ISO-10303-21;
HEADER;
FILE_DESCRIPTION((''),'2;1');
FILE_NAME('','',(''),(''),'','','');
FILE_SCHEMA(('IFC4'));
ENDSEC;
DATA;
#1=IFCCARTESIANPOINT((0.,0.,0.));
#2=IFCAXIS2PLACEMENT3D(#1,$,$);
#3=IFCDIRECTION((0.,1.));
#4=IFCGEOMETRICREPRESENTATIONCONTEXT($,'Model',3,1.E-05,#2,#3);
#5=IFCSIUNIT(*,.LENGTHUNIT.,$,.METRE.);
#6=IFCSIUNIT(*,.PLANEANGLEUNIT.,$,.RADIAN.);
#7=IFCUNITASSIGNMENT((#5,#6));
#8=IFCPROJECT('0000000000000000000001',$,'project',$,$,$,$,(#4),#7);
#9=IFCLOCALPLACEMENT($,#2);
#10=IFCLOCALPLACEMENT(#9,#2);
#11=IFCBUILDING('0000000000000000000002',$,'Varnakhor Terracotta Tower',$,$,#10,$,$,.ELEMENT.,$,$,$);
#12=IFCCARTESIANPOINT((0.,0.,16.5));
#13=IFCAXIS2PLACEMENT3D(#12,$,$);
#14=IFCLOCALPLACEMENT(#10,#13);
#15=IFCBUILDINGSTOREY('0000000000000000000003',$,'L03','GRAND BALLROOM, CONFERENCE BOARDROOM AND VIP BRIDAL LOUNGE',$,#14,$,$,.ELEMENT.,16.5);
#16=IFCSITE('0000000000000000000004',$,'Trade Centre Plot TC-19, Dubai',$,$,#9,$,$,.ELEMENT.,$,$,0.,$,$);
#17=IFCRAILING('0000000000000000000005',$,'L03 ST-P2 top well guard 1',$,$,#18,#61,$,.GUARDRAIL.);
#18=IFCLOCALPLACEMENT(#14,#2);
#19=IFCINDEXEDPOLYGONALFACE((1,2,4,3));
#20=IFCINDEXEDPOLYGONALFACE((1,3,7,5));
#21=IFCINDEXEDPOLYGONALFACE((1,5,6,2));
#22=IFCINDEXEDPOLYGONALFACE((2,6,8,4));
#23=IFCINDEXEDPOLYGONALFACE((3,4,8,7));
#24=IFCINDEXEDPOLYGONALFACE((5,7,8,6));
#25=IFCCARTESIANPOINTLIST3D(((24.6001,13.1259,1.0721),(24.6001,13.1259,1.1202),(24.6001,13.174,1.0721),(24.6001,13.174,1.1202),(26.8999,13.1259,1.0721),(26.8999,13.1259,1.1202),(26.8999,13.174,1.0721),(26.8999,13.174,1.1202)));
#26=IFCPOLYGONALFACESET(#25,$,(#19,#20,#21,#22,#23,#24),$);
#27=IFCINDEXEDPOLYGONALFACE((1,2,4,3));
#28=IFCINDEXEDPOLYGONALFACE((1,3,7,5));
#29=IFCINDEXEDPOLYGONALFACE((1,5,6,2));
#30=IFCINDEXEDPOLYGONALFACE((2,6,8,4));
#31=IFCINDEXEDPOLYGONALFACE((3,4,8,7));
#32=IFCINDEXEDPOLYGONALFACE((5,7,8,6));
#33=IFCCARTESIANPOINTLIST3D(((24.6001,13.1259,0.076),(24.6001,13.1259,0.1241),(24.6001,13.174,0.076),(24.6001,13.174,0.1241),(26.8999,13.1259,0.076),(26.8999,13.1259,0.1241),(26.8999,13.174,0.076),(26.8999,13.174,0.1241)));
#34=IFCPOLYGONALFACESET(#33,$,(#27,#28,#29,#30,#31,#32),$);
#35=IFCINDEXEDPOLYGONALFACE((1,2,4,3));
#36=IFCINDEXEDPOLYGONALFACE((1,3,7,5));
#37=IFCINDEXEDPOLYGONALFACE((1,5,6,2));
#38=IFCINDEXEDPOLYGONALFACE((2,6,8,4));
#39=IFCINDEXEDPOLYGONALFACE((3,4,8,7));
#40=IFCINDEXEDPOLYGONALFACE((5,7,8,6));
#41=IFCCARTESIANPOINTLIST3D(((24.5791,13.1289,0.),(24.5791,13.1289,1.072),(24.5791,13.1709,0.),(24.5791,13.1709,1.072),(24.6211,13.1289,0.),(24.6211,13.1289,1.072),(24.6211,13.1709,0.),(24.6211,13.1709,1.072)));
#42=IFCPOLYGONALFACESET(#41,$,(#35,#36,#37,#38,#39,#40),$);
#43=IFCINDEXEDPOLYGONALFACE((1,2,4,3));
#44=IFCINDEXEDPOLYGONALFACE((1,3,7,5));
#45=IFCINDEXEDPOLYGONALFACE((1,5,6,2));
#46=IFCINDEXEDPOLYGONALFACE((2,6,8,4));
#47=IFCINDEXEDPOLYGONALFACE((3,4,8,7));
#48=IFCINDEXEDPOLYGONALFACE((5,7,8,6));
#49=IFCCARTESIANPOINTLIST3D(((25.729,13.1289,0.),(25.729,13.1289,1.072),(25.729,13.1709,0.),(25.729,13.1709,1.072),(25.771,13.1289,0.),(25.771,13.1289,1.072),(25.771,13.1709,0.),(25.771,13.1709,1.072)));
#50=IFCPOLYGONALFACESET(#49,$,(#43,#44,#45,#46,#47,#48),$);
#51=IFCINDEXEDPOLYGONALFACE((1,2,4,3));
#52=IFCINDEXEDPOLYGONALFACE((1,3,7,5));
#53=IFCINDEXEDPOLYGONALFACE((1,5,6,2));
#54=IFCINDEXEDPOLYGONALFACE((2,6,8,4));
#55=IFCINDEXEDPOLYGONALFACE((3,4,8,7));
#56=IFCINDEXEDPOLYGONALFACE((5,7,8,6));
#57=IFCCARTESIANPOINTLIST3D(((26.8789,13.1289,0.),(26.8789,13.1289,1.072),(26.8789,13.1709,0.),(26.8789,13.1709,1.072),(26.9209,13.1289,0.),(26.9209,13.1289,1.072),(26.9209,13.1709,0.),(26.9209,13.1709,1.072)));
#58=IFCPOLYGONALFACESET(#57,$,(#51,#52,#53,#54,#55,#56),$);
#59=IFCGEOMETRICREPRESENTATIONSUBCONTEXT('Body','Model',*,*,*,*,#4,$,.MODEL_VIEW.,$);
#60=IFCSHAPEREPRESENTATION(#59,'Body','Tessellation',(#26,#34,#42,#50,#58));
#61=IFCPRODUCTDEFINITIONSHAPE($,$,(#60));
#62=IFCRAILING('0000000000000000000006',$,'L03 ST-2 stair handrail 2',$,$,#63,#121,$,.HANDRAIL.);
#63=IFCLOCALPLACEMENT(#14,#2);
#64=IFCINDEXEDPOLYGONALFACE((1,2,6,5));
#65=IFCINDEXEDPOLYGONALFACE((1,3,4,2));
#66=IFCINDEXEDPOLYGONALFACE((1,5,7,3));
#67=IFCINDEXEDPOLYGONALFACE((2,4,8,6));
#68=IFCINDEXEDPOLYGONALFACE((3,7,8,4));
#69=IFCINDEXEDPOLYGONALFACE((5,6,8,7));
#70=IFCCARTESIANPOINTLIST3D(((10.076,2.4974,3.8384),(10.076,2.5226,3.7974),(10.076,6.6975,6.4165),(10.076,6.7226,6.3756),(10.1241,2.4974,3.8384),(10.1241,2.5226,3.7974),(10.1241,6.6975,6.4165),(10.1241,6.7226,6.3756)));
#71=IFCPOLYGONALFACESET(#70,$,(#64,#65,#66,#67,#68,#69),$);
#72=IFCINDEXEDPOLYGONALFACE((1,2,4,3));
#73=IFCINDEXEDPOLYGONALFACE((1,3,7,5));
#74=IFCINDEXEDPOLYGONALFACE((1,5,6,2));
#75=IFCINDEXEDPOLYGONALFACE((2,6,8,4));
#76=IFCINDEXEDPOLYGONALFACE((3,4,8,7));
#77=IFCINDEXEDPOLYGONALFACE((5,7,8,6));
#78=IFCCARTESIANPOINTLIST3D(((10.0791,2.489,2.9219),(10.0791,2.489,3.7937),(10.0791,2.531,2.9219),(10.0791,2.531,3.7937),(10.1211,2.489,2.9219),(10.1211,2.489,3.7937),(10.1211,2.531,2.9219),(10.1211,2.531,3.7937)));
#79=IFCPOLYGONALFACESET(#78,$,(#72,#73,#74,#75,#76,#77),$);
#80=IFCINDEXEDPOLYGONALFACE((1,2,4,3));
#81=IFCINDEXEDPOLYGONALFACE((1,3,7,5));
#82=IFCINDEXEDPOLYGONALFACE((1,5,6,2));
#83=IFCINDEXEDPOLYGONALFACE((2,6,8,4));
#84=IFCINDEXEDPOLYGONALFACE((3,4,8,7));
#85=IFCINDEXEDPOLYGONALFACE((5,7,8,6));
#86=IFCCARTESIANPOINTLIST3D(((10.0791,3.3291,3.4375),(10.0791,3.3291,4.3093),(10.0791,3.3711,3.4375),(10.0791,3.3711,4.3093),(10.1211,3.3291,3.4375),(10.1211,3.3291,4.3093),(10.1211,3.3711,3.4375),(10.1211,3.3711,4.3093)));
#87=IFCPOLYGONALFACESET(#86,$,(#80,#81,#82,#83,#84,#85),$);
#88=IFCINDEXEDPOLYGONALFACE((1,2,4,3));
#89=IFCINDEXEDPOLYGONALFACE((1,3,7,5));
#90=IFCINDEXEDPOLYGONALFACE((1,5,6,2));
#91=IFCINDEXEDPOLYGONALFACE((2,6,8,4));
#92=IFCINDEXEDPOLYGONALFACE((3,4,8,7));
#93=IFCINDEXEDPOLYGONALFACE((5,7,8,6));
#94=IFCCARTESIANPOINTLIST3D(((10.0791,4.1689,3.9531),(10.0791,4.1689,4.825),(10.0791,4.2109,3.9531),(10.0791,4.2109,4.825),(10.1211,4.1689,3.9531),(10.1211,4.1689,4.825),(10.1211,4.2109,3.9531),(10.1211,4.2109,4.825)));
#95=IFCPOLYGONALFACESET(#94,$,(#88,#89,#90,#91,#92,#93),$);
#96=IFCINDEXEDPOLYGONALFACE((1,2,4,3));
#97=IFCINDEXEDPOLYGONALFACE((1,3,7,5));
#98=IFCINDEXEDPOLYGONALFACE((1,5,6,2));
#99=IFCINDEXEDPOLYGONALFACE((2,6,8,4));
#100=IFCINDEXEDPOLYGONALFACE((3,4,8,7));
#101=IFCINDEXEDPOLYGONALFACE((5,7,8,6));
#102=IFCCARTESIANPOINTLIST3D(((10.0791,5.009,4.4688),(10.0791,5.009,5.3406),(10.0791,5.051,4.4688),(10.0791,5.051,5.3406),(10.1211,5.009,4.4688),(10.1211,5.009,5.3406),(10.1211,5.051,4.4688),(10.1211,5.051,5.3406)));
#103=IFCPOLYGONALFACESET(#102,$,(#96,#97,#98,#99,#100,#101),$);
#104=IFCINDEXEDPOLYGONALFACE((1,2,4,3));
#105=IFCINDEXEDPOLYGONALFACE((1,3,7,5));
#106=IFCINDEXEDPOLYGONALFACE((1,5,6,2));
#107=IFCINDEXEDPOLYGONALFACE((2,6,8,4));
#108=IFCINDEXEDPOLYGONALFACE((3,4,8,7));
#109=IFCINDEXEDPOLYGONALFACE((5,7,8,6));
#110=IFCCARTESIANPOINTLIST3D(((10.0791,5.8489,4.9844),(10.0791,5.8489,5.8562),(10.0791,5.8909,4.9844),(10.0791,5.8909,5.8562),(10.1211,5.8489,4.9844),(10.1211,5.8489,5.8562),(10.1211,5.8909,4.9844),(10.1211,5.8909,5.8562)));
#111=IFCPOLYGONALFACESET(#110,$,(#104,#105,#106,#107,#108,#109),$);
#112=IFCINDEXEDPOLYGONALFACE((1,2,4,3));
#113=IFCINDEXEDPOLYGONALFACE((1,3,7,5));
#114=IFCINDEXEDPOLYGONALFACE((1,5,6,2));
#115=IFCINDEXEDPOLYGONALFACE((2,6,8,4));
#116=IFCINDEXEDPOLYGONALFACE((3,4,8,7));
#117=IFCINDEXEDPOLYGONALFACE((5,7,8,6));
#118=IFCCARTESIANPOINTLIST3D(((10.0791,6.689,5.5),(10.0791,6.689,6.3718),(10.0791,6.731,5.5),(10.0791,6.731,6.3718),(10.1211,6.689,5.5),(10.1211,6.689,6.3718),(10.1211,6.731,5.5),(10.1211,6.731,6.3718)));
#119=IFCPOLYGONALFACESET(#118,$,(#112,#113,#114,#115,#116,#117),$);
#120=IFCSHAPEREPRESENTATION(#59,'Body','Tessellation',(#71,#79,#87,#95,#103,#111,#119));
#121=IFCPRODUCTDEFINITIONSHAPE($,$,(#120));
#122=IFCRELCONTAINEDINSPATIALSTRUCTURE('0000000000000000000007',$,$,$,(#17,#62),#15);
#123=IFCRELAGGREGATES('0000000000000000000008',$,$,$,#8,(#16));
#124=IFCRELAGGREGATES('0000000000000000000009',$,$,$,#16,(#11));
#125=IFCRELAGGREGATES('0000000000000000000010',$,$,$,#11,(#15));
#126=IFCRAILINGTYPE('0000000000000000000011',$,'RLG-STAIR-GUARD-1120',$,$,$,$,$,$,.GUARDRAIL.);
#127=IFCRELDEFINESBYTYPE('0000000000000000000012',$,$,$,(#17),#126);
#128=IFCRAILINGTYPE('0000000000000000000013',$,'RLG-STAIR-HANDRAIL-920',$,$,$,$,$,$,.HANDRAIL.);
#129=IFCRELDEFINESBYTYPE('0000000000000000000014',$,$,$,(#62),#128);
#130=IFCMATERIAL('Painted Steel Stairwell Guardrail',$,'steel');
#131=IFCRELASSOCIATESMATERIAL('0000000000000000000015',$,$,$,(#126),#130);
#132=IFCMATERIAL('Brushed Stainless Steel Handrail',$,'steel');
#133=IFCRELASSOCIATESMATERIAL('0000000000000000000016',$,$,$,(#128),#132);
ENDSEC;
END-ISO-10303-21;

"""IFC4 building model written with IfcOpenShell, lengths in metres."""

from ifc_helpers import new_model, si_unit, direction, frame, origin, origin_2d, place, context, subcontext, project, spatial, rectangle, extrude, material, type_object, element, save


model = new_model("IFC4")

# Units and contexts
model_context = context("Model", 3, precision=1e-05, world=origin(), true_north=direction((0.0, 1.0)))
body_context = subcontext(model_context, "Body", "Model", "MODEL_VIEW")
ifc_project = project(units=[si_unit("LENGTHUNIT", "METRE"), si_unit("PLANEANGLEUNIT", "RADIAN")], contexts=[model_context])

# Site, building, storey
site_placement = place(None, origin())
site = spatial("IfcSite", under=ifc_project, at=site_placement, Name="Trade Centre Plot TC-19, Dubai", CompositionType="ELEMENT", RefElevation=0.0)
building_placement = place(site_placement, origin())
building = spatial("IfcBuilding", under=site, at=building_placement, Name="Varnakhor Terracotta Tower", CompositionType="ELEMENT")
storey_placement = place(building_placement, frame((0.0, 0.0, 16.5)))
storey = spatial("IfcBuildingStorey", under=building, at=storey_placement, Name="L03", Description="GRAND BALLROOM, CONFERENCE BOARDROOM AND VIP BRIDAL LOUNGE", CompositionType="ELEMENT", Elevation=16.5)

# Railings
ifc_material_1 = material(Name="Painted Steel Stairwell Guardrail", Category="steel")
railing_type_1 = type_object("IfcRailingType", Name="RLG-STAIR-GUARD-1120", PredefinedType="GUARDRAIL", material=ifc_material_1)
railing_1_placement = place(storey_placement, frame((24.6001, 13.1499, 0.0)))
element("IfcRailing", 1, at=railing_1_placement, inside=storey, type_object=railing_type_1, Name="L03 ST-P2 top well guard 1", PredefinedType="GUARDRAIL", context=body_context, shape_type="SweptSolid", body=[
    extrude(rectangle(XDim=0.0481, YDim=0.0481, at=origin_2d()), frame((0.0, 0.0, 1.0962), z_axis=(1.0, 0.0, 0.0), x_axis=(0.0, 1.0, 0.0)), (0.0, 0.0, 1.0), 2.2998),
    extrude(rectangle(XDim=0.0481, YDim=0.0481, at=origin_2d()), frame((0.0, 0.0, 0.1001), z_axis=(1.0, 0.0, 0.0), x_axis=(0.0, 1.0, 0.0)), (0.0, 0.0, 1.0), 2.2998),
    extrude(rectangle(XDim=0.042, YDim=0.042, at=origin_2d()), origin(), (0.0, 0.0, 1.0), 1.072),
    extrude(rectangle(XDim=0.042, YDim=0.042, at=origin_2d()), frame((1.1499, 0.0, 0.0)), (0.0, 0.0, 1.0), 1.072),
    extrude(rectangle(XDim=0.042, YDim=0.042, at=origin_2d()), frame((2.2998, 0.0, 0.0)), (0.0, 0.0, 1.0), 1.072),
])
ifc_material_2 = material(Name="Brushed Stainless Steel Handrail", Category="steel")
railing_type_2 = type_object("IfcRailingType", Name="RLG-STAIR-HANDRAIL-920", PredefinedType="HANDRAIL", material=ifc_material_2)
railing_2_placement = place(storey_placement, frame((10.1001, 2.51, 2.9219)))
element("IfcRailing", 2, at=railing_2_placement, inside=storey, type_object=railing_type_2, Name="L03 ST-2 stair handrail 2", PredefinedType="HANDRAIL", context=body_context, shape_type="SweptSolid", body=[
    extrude(rectangle(XDim=0.0481, YDim=0.0481, at=origin_2d()), frame((0.0, 0.0, 0.896), z_axis=(0.0, 0.852243, 0.523146), x_axis=(-1.0, 0.0, 0.0)), (0.0, 0.0, 1.0), 4.9282),
    extrude(rectangle(XDim=0.042, YDim=0.042, at=origin_2d()), origin(), (0.0, 0.0, 1.0), 0.8718),
    extrude(rectangle(XDim=0.042, YDim=0.042, at=origin_2d()), frame((0.0, 0.8401, 0.5156)), (0.0, 0.0, 1.0), 0.8718),
    extrude(rectangle(XDim=0.042, YDim=0.042, at=origin_2d()), frame((0.0, 1.6799, 1.0312)), (0.0, 0.0, 1.0), 0.8718),
    extrude(rectangle(XDim=0.042, YDim=0.042, at=origin_2d()), frame((0.0, 2.52, 1.5469)), (0.0, 0.0, 1.0), 0.8718),
    extrude(rectangle(XDim=0.042, YDim=0.042, at=origin_2d()), frame((0.0, 3.3599, 2.0625)), (0.0, 0.0, 1.0), 0.8718),
    extrude(rectangle(XDim=0.042, YDim=0.042, at=origin_2d()), frame((0.0, 4.2, 2.5781)), (0.0, 0.0, 1.0), 0.8718),
])

save(model, "model.ifc")
